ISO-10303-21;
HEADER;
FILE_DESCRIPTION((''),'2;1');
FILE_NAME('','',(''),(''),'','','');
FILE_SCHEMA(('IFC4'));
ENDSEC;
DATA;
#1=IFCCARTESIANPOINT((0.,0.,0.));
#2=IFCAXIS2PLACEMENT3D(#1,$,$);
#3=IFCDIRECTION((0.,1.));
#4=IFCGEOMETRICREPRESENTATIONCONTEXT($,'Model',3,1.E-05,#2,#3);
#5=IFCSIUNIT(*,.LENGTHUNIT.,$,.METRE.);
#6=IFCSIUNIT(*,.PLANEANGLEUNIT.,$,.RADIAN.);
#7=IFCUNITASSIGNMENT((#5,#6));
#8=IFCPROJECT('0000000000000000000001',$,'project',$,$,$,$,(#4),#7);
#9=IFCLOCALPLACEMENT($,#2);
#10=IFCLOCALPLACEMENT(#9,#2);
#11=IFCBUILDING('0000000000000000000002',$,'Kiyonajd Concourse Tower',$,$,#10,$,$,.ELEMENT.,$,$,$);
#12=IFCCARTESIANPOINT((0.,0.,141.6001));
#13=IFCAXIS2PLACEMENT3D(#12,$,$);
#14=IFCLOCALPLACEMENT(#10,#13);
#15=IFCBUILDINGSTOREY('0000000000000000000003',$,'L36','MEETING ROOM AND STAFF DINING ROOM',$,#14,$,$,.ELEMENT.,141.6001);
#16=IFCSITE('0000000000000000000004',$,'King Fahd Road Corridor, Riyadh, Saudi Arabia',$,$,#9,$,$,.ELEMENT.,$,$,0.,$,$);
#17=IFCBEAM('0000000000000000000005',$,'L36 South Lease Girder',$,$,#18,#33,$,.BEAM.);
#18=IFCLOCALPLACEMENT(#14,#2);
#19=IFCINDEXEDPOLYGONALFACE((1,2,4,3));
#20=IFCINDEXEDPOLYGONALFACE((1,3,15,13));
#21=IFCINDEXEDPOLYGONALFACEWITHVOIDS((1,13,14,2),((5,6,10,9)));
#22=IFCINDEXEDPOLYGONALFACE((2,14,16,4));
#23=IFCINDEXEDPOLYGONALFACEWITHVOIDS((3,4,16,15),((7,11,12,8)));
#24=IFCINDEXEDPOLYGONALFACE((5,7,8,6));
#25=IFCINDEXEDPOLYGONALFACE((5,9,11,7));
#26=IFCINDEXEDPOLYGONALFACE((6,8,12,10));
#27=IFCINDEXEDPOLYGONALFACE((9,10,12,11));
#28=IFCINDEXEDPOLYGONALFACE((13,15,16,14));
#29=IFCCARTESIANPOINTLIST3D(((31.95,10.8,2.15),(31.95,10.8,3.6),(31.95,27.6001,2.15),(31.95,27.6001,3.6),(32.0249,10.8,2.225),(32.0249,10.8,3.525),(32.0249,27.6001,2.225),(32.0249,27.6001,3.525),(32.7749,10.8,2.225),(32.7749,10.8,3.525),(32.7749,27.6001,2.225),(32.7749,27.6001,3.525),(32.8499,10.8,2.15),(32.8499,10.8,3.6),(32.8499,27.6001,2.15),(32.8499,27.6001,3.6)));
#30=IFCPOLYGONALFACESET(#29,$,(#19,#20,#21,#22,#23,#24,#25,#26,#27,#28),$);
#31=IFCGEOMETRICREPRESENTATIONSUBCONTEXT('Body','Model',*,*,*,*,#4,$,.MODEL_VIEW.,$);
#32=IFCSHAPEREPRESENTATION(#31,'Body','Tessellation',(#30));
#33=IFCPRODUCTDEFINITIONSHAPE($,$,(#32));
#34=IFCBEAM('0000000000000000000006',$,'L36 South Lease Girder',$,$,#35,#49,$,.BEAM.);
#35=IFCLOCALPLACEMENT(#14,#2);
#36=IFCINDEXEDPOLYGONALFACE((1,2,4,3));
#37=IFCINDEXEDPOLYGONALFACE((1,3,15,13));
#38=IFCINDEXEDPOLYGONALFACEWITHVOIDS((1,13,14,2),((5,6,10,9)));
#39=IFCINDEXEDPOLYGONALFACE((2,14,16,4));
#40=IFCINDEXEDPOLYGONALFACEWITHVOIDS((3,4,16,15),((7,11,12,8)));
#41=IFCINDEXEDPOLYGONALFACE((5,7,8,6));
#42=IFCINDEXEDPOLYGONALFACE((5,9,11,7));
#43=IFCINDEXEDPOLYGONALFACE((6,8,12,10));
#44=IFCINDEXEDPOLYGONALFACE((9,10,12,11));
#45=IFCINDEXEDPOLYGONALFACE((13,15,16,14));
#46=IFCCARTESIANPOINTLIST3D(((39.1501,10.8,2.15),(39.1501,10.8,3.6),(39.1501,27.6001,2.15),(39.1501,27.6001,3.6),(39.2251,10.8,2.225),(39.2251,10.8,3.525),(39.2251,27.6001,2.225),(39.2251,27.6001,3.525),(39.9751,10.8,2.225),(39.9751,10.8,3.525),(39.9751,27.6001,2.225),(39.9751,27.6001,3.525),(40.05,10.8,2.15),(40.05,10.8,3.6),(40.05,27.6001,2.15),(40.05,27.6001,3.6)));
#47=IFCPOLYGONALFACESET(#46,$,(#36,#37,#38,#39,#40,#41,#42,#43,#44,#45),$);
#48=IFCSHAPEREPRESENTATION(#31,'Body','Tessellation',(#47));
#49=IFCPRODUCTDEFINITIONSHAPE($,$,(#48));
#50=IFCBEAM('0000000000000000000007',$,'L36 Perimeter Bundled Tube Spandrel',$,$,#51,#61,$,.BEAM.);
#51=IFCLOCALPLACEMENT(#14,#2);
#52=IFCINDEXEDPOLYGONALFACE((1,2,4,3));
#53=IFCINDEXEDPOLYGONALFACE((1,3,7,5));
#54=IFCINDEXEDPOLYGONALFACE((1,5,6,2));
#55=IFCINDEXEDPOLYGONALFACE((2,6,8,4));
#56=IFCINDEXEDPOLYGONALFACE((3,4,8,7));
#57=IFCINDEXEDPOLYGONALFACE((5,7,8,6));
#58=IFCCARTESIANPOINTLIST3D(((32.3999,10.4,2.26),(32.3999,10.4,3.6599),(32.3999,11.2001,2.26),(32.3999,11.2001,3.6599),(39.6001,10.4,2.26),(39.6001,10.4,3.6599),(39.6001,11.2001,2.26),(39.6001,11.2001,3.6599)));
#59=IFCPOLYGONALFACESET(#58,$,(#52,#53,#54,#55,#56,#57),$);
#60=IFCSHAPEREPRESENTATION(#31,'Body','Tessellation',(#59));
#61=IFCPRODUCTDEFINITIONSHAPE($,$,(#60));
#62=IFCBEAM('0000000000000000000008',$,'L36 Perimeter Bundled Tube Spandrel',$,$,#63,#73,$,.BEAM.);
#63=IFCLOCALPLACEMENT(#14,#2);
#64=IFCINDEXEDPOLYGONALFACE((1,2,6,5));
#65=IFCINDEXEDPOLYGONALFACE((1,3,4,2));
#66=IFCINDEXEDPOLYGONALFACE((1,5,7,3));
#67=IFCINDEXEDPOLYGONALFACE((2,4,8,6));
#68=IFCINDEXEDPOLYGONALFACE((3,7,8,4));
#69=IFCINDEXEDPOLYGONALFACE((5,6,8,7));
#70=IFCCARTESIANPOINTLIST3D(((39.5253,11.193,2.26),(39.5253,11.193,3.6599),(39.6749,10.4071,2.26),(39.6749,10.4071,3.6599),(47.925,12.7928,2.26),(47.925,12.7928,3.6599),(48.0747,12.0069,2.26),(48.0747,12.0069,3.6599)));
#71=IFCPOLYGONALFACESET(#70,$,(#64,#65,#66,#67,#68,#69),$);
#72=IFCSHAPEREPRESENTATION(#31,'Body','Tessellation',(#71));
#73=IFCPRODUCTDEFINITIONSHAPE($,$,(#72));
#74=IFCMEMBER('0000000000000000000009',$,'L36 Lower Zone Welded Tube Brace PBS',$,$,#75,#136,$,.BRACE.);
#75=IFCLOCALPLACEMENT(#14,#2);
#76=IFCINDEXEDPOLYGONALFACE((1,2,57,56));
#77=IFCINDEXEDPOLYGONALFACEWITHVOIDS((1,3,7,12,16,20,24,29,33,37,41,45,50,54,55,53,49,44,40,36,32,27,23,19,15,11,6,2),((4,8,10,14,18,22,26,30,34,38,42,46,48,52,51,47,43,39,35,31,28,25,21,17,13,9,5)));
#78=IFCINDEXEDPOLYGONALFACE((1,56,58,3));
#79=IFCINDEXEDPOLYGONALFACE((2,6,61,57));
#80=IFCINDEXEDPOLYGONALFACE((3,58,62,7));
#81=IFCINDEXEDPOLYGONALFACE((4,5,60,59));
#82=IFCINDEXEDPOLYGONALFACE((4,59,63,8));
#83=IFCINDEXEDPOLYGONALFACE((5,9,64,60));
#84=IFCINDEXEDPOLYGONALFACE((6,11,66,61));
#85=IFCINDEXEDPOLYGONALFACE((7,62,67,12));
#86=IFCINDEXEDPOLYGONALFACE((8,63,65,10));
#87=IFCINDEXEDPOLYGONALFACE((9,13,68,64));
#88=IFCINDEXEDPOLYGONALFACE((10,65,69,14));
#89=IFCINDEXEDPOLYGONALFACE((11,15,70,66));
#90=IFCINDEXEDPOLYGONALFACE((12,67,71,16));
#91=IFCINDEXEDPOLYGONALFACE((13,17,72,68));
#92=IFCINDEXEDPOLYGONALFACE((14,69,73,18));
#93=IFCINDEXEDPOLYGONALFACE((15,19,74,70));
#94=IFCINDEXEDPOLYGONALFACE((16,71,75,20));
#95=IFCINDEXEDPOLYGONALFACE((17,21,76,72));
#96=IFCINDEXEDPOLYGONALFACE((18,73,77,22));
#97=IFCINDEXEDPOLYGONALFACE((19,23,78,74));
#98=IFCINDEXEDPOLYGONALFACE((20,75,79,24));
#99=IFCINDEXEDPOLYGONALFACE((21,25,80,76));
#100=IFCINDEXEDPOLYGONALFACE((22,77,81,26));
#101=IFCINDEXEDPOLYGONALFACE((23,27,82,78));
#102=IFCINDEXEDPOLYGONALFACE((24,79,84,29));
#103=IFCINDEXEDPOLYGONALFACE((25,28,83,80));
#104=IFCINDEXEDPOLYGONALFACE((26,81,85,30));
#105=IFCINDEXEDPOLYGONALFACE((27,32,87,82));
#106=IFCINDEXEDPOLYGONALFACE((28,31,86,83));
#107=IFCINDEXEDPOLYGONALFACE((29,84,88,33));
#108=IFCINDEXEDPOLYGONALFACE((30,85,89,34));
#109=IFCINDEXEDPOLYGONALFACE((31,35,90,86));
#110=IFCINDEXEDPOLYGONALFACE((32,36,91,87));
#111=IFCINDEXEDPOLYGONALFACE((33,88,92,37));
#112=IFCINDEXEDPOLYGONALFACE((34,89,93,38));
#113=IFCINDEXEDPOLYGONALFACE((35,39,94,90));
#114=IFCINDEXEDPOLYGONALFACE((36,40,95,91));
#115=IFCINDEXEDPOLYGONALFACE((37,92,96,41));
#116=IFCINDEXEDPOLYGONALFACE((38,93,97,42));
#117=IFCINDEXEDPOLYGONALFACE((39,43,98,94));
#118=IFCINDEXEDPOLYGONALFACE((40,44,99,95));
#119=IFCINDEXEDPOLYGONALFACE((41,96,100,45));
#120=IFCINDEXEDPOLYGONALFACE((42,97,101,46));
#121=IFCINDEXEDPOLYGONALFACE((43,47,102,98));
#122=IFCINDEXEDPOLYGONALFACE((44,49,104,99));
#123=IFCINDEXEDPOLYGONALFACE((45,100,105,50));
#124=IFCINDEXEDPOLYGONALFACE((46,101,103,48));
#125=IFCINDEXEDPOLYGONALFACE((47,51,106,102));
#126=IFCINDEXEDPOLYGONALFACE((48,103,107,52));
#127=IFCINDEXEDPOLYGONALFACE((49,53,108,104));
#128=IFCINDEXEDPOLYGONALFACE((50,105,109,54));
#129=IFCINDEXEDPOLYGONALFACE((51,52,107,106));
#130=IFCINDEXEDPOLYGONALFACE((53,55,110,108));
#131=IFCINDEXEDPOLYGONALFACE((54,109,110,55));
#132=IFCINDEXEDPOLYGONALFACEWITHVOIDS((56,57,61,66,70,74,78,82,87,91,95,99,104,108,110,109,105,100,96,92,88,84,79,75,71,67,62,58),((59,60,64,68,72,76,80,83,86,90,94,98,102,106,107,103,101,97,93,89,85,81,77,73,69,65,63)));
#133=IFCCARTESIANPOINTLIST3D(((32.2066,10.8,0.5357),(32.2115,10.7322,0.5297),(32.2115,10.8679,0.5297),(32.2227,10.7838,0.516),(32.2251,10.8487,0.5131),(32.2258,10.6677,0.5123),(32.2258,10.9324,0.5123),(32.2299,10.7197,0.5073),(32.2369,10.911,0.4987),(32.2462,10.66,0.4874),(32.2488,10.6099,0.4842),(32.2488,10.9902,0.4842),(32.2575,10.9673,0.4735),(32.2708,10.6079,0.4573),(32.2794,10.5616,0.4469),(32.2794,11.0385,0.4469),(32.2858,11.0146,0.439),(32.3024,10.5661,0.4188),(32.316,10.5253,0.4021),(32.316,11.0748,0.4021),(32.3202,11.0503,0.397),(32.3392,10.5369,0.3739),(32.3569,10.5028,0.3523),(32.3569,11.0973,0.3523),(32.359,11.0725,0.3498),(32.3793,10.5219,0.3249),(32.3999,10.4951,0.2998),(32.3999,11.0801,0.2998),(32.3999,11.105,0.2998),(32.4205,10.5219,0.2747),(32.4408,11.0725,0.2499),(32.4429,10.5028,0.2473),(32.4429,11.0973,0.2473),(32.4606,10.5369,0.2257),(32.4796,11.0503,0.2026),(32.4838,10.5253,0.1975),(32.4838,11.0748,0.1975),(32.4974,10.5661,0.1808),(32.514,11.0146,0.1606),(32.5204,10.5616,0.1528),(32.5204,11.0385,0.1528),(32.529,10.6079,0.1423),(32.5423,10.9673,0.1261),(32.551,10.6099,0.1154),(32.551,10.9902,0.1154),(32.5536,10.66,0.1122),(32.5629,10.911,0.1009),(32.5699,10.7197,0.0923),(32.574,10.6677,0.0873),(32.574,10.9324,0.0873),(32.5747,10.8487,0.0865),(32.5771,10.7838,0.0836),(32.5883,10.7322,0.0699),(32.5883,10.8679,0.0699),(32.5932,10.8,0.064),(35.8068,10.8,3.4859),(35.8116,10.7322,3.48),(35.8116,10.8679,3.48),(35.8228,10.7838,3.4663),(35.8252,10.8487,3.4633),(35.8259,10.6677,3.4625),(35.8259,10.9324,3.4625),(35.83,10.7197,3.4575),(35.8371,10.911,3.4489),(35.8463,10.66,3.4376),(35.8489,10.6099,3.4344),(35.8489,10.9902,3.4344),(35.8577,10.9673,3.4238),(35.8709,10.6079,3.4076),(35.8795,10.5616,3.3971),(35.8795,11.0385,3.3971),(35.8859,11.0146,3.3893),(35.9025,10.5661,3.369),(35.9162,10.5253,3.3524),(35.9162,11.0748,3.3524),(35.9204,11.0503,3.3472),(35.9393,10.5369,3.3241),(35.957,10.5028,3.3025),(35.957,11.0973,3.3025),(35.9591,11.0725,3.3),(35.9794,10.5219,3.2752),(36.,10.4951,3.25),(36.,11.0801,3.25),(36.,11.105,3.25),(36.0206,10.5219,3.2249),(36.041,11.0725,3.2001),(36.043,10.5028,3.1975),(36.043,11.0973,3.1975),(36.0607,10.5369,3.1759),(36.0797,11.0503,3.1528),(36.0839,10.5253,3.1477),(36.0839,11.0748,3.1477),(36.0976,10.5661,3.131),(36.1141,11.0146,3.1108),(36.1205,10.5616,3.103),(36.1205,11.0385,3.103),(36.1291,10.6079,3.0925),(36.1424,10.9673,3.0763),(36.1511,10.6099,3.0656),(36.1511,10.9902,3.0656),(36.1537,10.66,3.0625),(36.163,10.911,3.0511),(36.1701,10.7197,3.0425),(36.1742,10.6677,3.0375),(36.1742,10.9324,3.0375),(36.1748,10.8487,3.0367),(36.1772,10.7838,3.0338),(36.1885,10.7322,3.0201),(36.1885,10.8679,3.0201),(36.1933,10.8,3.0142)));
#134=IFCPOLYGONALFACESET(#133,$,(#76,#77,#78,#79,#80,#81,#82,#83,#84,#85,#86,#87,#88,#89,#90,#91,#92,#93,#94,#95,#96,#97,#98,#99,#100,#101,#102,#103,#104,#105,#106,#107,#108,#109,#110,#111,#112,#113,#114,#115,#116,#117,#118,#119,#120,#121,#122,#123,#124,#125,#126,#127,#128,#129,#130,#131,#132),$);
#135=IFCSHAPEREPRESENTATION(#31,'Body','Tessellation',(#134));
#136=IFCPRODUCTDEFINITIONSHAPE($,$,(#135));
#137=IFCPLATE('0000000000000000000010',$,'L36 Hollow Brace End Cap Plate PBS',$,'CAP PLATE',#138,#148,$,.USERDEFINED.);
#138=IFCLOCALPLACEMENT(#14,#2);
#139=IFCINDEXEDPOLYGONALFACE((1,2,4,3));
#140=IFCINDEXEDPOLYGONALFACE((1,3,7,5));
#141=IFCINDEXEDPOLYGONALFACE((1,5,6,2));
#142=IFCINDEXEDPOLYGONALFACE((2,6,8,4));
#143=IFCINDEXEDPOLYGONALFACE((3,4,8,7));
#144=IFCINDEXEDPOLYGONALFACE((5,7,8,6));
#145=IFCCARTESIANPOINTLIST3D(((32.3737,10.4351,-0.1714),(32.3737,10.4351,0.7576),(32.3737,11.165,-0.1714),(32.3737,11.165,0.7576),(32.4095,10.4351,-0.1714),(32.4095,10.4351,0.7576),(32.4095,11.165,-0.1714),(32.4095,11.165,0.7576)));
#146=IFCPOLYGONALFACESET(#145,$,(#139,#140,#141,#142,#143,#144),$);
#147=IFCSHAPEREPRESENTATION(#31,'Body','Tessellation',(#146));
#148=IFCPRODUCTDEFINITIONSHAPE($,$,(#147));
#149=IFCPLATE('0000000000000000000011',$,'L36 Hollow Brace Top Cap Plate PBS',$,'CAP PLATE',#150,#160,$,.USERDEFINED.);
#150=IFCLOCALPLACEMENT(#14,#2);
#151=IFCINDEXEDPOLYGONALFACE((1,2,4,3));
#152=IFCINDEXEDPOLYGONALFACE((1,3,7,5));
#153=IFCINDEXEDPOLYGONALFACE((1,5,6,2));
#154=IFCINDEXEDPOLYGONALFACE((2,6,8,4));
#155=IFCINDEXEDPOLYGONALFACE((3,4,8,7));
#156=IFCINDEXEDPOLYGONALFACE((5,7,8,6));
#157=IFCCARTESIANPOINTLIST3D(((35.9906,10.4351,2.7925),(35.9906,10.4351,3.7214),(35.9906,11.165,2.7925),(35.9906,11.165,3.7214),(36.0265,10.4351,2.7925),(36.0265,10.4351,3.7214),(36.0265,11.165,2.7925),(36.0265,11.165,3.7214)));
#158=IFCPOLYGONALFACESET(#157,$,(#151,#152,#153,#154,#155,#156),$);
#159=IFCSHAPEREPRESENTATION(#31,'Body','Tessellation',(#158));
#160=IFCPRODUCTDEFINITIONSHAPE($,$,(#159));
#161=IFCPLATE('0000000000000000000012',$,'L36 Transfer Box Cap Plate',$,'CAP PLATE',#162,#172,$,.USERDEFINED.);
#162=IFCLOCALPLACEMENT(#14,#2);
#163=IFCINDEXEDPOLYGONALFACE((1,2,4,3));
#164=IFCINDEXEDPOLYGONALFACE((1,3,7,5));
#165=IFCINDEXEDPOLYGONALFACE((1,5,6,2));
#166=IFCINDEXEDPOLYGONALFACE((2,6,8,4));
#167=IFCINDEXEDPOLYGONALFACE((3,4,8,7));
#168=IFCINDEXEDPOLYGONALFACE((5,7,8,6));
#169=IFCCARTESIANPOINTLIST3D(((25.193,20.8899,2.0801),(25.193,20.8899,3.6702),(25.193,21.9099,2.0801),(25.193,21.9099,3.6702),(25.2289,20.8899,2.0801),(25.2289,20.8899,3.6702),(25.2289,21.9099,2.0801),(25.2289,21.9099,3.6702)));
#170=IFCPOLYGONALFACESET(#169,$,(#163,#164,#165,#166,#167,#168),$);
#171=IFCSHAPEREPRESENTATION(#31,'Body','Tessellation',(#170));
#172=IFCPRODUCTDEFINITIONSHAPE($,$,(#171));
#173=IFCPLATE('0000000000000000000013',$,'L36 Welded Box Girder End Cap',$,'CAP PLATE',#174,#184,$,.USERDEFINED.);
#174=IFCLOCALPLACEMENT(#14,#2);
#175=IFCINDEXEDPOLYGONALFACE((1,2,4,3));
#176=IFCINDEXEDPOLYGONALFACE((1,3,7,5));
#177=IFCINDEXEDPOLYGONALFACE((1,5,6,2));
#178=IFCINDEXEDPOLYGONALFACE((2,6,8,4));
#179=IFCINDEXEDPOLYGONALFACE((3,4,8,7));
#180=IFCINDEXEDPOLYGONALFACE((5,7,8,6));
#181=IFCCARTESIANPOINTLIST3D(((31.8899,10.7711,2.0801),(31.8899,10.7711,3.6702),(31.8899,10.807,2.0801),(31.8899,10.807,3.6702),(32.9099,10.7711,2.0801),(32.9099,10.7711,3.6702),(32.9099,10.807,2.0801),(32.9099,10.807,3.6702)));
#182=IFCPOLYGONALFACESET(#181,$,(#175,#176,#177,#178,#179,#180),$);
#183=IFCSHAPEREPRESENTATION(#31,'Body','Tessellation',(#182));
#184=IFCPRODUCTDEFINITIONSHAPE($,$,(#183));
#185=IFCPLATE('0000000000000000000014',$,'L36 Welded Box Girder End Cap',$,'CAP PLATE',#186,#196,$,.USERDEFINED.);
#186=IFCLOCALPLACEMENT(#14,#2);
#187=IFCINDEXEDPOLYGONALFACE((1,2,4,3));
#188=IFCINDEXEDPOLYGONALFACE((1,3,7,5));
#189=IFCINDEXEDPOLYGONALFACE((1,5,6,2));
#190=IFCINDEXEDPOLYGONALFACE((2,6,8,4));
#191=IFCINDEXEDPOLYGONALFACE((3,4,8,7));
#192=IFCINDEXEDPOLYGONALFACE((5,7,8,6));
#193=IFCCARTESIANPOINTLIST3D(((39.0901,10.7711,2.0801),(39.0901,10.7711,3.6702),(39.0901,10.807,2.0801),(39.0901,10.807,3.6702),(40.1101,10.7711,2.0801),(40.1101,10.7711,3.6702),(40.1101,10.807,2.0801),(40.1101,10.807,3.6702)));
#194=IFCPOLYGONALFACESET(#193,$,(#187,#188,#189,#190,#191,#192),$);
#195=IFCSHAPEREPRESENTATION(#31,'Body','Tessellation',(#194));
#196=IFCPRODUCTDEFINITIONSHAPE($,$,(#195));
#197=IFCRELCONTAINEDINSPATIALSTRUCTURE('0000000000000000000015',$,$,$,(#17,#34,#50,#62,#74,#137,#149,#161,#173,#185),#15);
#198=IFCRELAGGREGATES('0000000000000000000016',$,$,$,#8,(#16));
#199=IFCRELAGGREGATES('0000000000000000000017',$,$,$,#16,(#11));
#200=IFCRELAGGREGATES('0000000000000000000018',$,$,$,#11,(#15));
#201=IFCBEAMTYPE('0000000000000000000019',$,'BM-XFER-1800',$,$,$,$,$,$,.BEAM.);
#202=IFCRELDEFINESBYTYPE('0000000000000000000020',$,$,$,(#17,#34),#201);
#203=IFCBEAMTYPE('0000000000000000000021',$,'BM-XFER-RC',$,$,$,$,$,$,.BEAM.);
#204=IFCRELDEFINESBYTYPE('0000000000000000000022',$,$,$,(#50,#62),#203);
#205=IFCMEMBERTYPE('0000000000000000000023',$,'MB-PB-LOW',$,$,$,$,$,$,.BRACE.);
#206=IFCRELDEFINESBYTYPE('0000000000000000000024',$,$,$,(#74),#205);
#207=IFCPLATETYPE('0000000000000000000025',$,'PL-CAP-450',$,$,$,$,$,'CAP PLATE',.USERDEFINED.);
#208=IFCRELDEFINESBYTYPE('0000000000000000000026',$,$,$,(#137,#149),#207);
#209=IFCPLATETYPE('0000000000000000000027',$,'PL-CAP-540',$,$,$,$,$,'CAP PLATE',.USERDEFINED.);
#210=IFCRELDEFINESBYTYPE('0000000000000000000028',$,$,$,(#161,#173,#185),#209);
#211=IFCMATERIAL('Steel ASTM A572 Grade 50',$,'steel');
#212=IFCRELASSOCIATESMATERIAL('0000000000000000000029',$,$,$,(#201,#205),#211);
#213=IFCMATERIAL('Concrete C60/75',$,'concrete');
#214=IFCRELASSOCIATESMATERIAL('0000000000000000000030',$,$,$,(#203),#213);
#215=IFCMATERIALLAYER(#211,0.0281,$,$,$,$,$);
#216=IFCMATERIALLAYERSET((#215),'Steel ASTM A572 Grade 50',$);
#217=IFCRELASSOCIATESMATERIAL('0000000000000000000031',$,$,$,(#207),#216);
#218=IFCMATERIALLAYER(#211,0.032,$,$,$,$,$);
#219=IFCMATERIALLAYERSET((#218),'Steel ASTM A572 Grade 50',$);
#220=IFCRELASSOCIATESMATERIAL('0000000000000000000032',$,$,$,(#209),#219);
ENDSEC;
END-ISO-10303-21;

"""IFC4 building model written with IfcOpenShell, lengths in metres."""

from ifc_helpers import new_model, si_unit, direction, frame, origin, origin_2d, place, context, subcontext, project, spatial, rectangle, hollow_rectangle, hollow_circle, extrude, material, layer, layer_set, material_profile, profile_set, type_object, element, save


model = new_model("IFC4")

# Units and contexts
model_context = context("Model", 3, precision=1e-05, world=origin(), true_north=direction((0.0, 1.0)))
body_context = subcontext(model_context, "Body", "Model", "MODEL_VIEW")
ifc_project = project(units=[si_unit("LENGTHUNIT", "METRE"), si_unit("PLANEANGLEUNIT", "RADIAN")], contexts=[model_context])

# Site, building, storey
site_placement = place(None, origin())
site = spatial("IfcSite", under=ifc_project, at=site_placement, Name="King Fahd Road Corridor, Riyadh, Saudi Arabia", CompositionType="ELEMENT", RefElevation=0.0)
building_placement = place(site_placement, origin())
building = spatial("IfcBuilding", under=site, at=building_placement, Name="Kiyonajd Concourse Tower", CompositionType="ELEMENT")
storey_placement = place(building_placement, frame((0.0, 0.0, 141.6001)))
storey = spatial("IfcBuildingStorey", under=building, at=storey_placement, Name="L36", Description="MEETING ROOM AND STAFF DINING ROOM", CompositionType="ELEMENT", Elevation=141.6001)

# Beams
ifc_material_1 = material(Name="Steel ASTM A572 Grade 50", Category="steel")
ifc_material_profile_1 = material_profile(ifc_material_1, hollow_rectangle(XDim=0.8999, YDim=1.45, WallThickness=0.075, at=origin_2d()), Name="BOX-1450x900x75")
ifc_profile_set_1 = profile_set([ifc_material_profile_1], Name="Steel ASTM A572 Grade 50")
beam_type_1 = type_object("IfcBeamType", Name="BM-XFER-1800", PredefinedType="BEAM", material=ifc_profile_set_1)
for number, where, z_axis, x_axis, name in (
    (1, (32.3999, 10.8, 2.875), (0.0, 1.0, 0.0), (-1.0, 0.0, 0.0), "L36 South Lease Girder"),
    (2, (39.6001, 10.8, 2.875), (0.0, 1.0, 0.0), (-1.0, 0.0, 0.0), "L36 South Lease Girder"),
):
    element("IfcBeam", number, at=place(storey_placement, frame(where, z_axis=z_axis, x_axis=x_axis)), inside=storey, type_object=beam_type_1, Name=name, PredefinedType="BEAM", context=body_context, shape_type="SweptSolid", body=[
        extrude(hollow_rectangle(XDim=0.8999, YDim=1.45, WallThickness=0.075, at=origin_2d()), origin(), (0.0, 0.0, 1.0), 16.8),
    ])
ifc_material_2 = material(Name="Concrete C60/75", Category="concrete")
ifc_material_profile_2 = material_profile(ifc_material_2, rectangle(XDim=0.8, YDim=1.3999, at=origin_2d()), Name="RCBM-800x1400")
ifc_profile_set_2 = profile_set([ifc_material_profile_2], Name="Concrete C60/75")
beam_type_2 = type_object("IfcBeamType", Name="BM-XFER-RC", PredefinedType="BEAM", material=ifc_profile_set_2)
beam_1_placement = place(storey_placement, frame((32.3999, 10.8, 2.96), z_axis=(1.0, 0.0, 0.0), x_axis=(0.0, 1.0, 0.0)))
element("IfcBeam", 3, at=beam_1_placement, inside=storey, type_object=beam_type_2, Name="L36 Perimeter Bundled Tube Spandrel", PredefinedType="BEAM", context=body_context, shape_type="SweptSolid", body=[
    extrude(rectangle(XDim=0.8, YDim=1.3999, at=origin_2d()), origin(), (0.0, 0.0, 1.0), 7.2002),
])
beam_2_placement = place(storey_placement, frame((39.6001, 10.8, 2.96), z_axis=(0.982341, 0.187098, 0.0), x_axis=(-0.187098, 0.982341, 0.0)))
element("IfcBeam", 4, at=beam_2_placement, inside=storey, type_object=beam_type_2, Name="L36 Perimeter Bundled Tube Spandrel", PredefinedType="BEAM", context=body_context, shape_type="SweptSolid", body=[
    extrude(rectangle(XDim=0.8, YDim=1.3999, at=origin_2d()), origin(), (0.0, 0.0, 1.0), 8.5508),
])

# Member
ifc_material_profile_3 = material_profile(ifc_material_1, hollow_circle(Radius=0.3049, WallThickness=0.0249, at=origin_2d()), Name="CHS-610x25")
ifc_profile_set_3 = profile_set([ifc_material_profile_3], Name="Steel ASTM A572 Grade 50")
member_type = type_object("IfcMemberType", Name="MB-PB-LOW", PredefinedType="BRACE", material=ifc_profile_set_3)
member_placement = place(storey_placement, frame((32.3999, 10.8, 0.2998), z_axis=(0.773466, 0.0, 0.633837), x_axis=(0.0, 1.0, 0.0)))
element("IfcMember", 5, at=member_placement, inside=storey, type_object=member_type, Name="L36 Lower Zone Welded Tube Brace PBS", PredefinedType="BRACE", context=body_context, shape_type="SweptSolid", body=[
    extrude(hollow_circle(Radius=0.3049, WallThickness=0.0249, at=origin_2d()), origin(), (0.0, 0.0, 1.0), 4.6545),
])

# Plates
ifc_layer_1 = layer(ifc_material_1, 0.0281)
ifc_layer_set_1 = layer_set([ifc_layer_1], Name="Steel ASTM A572 Grade 50")
plate_type_1 = type_object("IfcPlateType", Name="PL-CAP-450", ElementType="CAP PLATE", PredefinedType="USERDEFINED", material=ifc_layer_set_1)
for number, where, z_axis, x_axis, name in (
    (6, (32.3916, 10.8, -0.1714), (0.0, 0.0, 1.0), (-1.0, 0.0, 0.0), "L36 Hollow Brace End Cap Plate PBS"),
    (7, (36.0085, 10.8, 2.7925), (0.0, 0.0, 1.0), (1.0, 0.0, 0.0), "L36 Hollow Brace Top Cap Plate PBS"),
):
    element("IfcPlate", number, at=place(storey_placement, frame(where, z_axis=z_axis, x_axis=x_axis)), inside=storey, type_object=plate_type_1, Name=name, ObjectType="CAP PLATE", PredefinedType="USERDEFINED", context=body_context, shape_type="SweptSolid", body=[
        extrude(rectangle(XDim=0.0359, YDim=0.73, at=origin_2d()), origin(), (0.0, 0.0, 1.0), 0.929),
    ])
ifc_layer_2 = layer(ifc_material_1, 0.032)
ifc_layer_set_2 = layer_set([ifc_layer_2], Name="Steel ASTM A572 Grade 50")
plate_type_2 = type_object("IfcPlateType", Name="PL-CAP-540", ElementType="CAP PLATE", PredefinedType="USERDEFINED", material=ifc_layer_set_2)
for number, where, z_axis, x_axis, name in (
    (8, (25.2109, 21.3999, 2.0801), (0.0, 0.0, 1.0), (1.0, 0.0, 0.0), "L36 Transfer Box Cap Plate"),
    (9, (32.3999, 10.7891, 2.0801), (0.0, 0.0, 1.0), (0.0, -1.0, 0.0), "L36 Welded Box Girder End Cap"),
    (10, (39.6001, 10.7891, 2.0801), (0.0, 0.0, 1.0), (0.0, -1.0, 0.0), "L36 Welded Box Girder End Cap"),
):
    element("IfcPlate", number, at=place(storey_placement, frame(where, z_axis=z_axis, x_axis=x_axis)), inside=storey, type_object=plate_type_2, Name=name, ObjectType="CAP PLATE", PredefinedType="USERDEFINED", context=body_context, shape_type="SweptSolid", body=[
        extrude(rectangle(XDim=0.0359, YDim=1.02, at=origin_2d()), origin(), (0.0, 0.0, 1.0), 1.5901),
    ])

save(model, "model.ifc")
